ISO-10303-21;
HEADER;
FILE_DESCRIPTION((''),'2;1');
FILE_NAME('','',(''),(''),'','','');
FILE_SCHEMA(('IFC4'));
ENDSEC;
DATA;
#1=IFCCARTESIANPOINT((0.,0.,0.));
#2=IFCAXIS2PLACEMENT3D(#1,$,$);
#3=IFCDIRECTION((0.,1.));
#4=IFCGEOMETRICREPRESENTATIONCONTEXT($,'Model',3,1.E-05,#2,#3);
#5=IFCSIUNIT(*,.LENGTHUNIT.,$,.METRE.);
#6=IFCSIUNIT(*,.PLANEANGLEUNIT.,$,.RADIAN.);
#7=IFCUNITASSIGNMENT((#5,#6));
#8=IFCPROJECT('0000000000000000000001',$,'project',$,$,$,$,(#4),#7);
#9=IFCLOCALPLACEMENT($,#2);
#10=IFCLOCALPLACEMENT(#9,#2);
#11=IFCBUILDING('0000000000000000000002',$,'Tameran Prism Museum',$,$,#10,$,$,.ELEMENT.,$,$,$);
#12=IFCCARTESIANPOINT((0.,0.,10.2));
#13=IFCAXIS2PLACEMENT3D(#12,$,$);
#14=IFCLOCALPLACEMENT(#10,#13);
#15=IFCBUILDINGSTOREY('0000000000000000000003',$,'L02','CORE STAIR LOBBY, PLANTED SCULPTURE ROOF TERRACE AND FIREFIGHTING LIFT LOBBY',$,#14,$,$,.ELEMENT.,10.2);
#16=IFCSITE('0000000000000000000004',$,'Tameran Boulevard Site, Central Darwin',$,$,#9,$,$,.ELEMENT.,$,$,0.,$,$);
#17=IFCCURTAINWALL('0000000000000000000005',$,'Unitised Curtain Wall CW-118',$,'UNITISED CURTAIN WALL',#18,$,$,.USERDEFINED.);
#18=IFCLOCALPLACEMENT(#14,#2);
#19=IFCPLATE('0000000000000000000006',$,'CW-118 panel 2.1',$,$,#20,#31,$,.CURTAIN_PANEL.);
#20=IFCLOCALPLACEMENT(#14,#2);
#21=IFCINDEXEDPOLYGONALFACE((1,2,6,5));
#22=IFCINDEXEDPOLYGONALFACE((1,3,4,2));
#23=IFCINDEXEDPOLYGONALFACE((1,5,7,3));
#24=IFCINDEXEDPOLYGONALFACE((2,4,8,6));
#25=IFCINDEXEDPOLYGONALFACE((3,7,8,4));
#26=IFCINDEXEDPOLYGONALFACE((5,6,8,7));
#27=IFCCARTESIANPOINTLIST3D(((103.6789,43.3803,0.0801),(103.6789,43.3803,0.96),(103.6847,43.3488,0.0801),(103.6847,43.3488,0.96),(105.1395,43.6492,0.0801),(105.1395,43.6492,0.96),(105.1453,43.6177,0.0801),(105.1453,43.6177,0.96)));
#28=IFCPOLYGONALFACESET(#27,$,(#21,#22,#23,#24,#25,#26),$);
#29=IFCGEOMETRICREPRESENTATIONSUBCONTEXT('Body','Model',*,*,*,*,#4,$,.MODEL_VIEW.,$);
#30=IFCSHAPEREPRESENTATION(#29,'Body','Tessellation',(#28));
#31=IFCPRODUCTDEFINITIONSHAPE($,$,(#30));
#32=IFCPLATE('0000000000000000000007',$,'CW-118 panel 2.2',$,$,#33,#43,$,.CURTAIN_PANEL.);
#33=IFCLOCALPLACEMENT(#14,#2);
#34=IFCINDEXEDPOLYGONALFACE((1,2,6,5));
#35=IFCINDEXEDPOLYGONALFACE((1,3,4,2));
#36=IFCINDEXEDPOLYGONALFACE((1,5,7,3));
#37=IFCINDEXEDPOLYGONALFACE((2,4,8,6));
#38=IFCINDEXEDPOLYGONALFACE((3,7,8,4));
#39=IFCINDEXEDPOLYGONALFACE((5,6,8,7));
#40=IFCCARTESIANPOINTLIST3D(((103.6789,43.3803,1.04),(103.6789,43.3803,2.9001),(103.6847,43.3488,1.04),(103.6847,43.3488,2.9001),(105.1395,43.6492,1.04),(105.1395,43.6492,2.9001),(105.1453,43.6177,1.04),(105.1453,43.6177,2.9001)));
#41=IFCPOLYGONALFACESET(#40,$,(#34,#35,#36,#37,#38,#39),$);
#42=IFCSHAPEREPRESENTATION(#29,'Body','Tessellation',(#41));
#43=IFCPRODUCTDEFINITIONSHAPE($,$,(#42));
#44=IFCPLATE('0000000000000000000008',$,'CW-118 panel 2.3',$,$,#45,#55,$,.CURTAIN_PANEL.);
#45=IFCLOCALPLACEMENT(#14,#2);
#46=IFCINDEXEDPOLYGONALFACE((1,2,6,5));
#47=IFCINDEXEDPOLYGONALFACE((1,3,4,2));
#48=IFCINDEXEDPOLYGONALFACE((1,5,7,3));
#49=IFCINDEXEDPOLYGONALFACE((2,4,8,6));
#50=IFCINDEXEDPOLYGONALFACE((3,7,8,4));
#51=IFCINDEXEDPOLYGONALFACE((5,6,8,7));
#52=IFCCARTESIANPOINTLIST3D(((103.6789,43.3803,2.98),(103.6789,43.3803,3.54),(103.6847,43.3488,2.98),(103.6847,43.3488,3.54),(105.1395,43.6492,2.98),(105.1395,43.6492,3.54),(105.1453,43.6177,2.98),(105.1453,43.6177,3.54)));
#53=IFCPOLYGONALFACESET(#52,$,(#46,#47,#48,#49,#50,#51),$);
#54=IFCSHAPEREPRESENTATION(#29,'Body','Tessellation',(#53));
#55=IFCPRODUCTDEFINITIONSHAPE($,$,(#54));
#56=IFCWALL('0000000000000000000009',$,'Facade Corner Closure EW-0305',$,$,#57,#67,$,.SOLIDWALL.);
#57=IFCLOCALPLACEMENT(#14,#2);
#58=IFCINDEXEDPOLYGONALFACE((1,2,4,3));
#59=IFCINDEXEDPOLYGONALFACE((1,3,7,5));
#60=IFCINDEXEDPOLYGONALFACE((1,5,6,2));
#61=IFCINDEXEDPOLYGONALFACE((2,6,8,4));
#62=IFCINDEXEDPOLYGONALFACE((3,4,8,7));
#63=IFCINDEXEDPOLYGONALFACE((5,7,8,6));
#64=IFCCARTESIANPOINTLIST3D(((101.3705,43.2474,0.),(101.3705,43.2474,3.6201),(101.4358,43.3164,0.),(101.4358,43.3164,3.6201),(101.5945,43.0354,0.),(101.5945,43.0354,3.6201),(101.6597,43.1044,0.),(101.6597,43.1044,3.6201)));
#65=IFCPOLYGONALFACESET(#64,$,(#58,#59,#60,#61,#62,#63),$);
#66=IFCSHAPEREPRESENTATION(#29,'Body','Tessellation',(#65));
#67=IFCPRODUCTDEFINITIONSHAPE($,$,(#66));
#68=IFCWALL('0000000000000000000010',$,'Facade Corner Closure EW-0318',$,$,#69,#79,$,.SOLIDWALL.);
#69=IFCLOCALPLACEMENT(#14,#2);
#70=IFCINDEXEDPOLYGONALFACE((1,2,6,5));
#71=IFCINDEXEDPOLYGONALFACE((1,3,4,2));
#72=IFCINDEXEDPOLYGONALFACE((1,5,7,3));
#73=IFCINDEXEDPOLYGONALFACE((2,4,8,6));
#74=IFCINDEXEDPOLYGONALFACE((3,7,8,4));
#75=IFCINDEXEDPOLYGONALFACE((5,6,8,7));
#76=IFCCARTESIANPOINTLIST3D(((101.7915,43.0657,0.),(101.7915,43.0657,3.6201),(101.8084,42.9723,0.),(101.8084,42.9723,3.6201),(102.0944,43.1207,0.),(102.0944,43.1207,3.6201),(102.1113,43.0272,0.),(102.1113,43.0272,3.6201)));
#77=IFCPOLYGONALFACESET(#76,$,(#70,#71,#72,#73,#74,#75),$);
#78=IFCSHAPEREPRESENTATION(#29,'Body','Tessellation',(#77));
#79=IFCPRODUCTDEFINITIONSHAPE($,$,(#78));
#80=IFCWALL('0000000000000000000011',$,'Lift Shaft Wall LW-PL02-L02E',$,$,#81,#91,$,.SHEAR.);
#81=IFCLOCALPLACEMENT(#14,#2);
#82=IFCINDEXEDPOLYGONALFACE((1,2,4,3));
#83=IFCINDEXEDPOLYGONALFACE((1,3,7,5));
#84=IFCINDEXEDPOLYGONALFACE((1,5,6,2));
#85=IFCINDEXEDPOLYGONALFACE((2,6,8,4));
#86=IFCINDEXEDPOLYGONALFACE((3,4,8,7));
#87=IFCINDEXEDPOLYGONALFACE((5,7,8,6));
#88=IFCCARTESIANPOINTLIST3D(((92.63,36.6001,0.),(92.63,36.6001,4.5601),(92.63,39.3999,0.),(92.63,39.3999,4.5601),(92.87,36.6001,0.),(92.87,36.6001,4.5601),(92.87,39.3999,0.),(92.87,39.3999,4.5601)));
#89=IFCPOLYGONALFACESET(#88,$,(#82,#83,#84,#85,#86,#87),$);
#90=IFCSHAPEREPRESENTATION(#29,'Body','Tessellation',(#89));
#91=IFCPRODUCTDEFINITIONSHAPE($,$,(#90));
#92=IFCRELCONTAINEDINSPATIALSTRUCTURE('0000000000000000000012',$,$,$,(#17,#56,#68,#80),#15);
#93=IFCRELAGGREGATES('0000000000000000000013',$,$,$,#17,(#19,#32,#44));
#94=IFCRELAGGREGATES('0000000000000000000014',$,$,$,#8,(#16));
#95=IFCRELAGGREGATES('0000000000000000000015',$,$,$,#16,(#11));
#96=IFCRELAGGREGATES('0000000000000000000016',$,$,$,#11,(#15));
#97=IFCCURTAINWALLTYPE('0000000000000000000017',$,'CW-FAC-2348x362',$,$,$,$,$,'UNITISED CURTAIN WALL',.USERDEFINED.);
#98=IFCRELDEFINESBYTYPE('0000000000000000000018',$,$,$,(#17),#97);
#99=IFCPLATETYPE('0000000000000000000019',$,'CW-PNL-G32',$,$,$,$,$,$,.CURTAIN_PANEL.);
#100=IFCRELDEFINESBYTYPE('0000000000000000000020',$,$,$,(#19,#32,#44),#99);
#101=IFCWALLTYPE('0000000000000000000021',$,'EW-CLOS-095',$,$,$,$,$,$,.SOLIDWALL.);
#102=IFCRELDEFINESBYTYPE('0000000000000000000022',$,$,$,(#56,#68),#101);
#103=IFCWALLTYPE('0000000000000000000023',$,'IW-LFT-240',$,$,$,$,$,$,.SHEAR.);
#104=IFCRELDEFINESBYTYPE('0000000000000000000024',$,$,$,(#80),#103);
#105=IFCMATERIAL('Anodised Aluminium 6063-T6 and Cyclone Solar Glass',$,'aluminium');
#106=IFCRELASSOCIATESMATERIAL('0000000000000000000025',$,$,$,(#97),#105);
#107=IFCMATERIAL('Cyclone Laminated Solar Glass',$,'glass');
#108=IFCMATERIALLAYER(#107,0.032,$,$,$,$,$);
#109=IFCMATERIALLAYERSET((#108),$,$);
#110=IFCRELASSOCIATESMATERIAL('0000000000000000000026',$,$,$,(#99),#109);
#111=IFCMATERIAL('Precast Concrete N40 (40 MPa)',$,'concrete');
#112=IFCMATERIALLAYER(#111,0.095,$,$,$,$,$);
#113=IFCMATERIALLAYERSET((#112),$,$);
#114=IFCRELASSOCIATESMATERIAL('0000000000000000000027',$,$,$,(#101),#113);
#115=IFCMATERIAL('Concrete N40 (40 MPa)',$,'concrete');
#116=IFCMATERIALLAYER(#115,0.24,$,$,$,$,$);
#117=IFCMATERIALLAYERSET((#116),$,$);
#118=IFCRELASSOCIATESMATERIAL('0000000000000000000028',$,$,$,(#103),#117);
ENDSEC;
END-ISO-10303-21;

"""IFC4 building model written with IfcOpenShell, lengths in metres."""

from ifc_helpers import new_model, si_unit, direction, frame, frame_2d, origin, origin_2d, place, context, subcontext, project, spatial, rectangle, extrude, material, layer, layer_set, type_object, element, aggregate, save


model = new_model("IFC4")

# Units and contexts
model_context = context("Model", 3, precision=1e-05, world=origin(), true_north=direction((0.0, 1.0)))
body_context = subcontext(model_context, "Body", "Model", "MODEL_VIEW")
ifc_project = project(units=[si_unit("LENGTHUNIT", "METRE"), si_unit("PLANEANGLEUNIT", "RADIAN")], contexts=[model_context])

# Site, building, storey
site_placement = place(None, origin())
site = spatial("IfcSite", under=ifc_project, at=site_placement, Name="Tameran Boulevard Site, Central Darwin", CompositionType="ELEMENT", RefElevation=0.0)
building_placement = place(site_placement, origin())
building = spatial("IfcBuilding", under=site, at=building_placement, Name="Tameran Prism Museum", CompositionType="ELEMENT")
storey_placement = place(building_placement, frame((0.0, 0.0, 10.2)))
storey = spatial("IfcBuildingStorey", under=building, at=storey_placement, Name="L02", Description="CORE STAIR LOBBY, PLANTED SCULPTURE ROOF TERRACE AND FIREFIGHTING LIFT LOBBY", CompositionType="ELEMENT", Elevation=10.2)

# Curtain wall, plates
ifc_material_1 = material(Name="Anodised Aluminium 6063-T6 and Cyclone Solar Glass", Category="aluminium")
curtain_wall_type_1 = type_object("IfcCurtainWallType", Name="CW-FAC-2348x362", ElementType="UNITISED CURTAIN WALL", PredefinedType="USERDEFINED", material=ifc_material_1)
curtain_wall_1_placement = place(storey_placement, origin())
curtain_wall_1 = element("IfcCurtainWall", 1, at=curtain_wall_1_placement, inside=storey, type_object=curtain_wall_type_1, Name="Unitised Curtain Wall CW-118", ObjectType="UNITISED CURTAIN WALL", PredefinedType="USERDEFINED")
ifc_material_2 = material(Name="Cyclone Laminated Solar Glass", Category="glass")
ifc_layer_1 = layer(ifc_material_2, 0.032)
ifc_layer_set_1 = layer_set([ifc_layer_1])
plate_type = type_object("IfcPlateType", Name="CW-PNL-G32", PredefinedType="CURTAIN_PANEL", material=ifc_layer_set_1)
plate_1_placement = place(storey_placement, frame((104.4121, 43.499, 0.0801), z_axis=(0.0, 0.0, 1.0), x_axis=(0.983472, 0.181063, 0.0)))
plate_1 = element("IfcPlate", 2, at=plate_1_placement, type_object=plate_type, Name="CW-118 panel 2.1", PredefinedType="CURTAIN_PANEL", context=body_context, shape_type="SweptSolid", body=[
    extrude(rectangle(XDim=1.4851, YDim=0.032, at=origin_2d()), origin(), (0.0, 0.0, 1.0), 0.8799),
])
plate_2_placement = place(storey_placement, frame((104.4121, 43.499, 1.04), z_axis=(0.0, 0.0, 1.0), x_axis=(0.983472, 0.181063, 0.0)))
plate_2 = element("IfcPlate", 3, at=plate_2_placement, type_object=plate_type, Name="CW-118 panel 2.2", PredefinedType="CURTAIN_PANEL", context=body_context, shape_type="SweptSolid", body=[
    extrude(rectangle(XDim=1.4851, YDim=0.032, at=origin_2d()), origin(), (0.0, 0.0, 1.0), 1.8601),
])
plate_3_placement = place(storey_placement, frame((104.4121, 43.499, 2.98), z_axis=(0.0, 0.0, 1.0), x_axis=(0.983472, 0.181063, 0.0)))
plate_3 = element("IfcPlate", 4, at=plate_3_placement, type_object=plate_type, Name="CW-118 panel 2.3", PredefinedType="CURTAIN_PANEL", context=body_context, shape_type="SweptSolid", body=[
    extrude(rectangle(XDim=1.4851, YDim=0.032, at=origin_2d()), origin(), (0.0, 0.0, 1.0), 0.5601),
])
aggregate(curtain_wall_1, [plate_1, plate_2, plate_3])

# Walls
ifc_material_3 = material(Name="Precast Concrete N40 (40 MPa)", Category="concrete")
ifc_layer_2 = layer(ifc_material_3, 0.095)
ifc_layer_set_2 = layer_set([ifc_layer_2])
wall_type_1 = type_object("IfcWallType", Name="EW-CLOS-095", PredefinedType="SOLIDWALL", material=ifc_layer_set_2)
wall_1_placement = place(storey_placement, frame((101.4031, 43.282, 0.0), z_axis=(0.0, 0.0, 1.0), x_axis=(0.726244, -0.687437, 0.0)))
element("IfcWall", 5, at=wall_1_placement, inside=storey, type_object=wall_type_1, Name="Facade Corner Closure EW-0305", PredefinedType="SOLIDWALL", context=body_context, shape_type="SweptSolid", body=[
    extrude(rectangle(XDim=0.3083, YDim=0.095, at=frame_2d((0.1543, 0.0))), origin(), (0.0, 0.0, 1.0), 3.6201),
])
wall_2_placement = place(storey_placement, frame((101.8, 43.019, 0.0), z_axis=(0.0, 0.0, 1.0), x_axis=(0.983959, 0.178397, 0.0)))
element("IfcWall", 6, at=wall_2_placement, inside=storey, type_object=wall_type_1, Name="Facade Corner Closure EW-0318", PredefinedType="SOLIDWALL", context=body_context, shape_type="SweptSolid", body=[
    extrude(rectangle(XDim=0.3079, YDim=0.095, at=frame_2d((0.1538, 0.0))), origin(), (0.0, 0.0, 1.0), 3.6201),
])
ifc_material_4 = material(Name="Concrete N40 (40 MPa)", Category="concrete")
ifc_layer_3 = layer(ifc_material_4, 0.24)
ifc_layer_set_3 = layer_set([ifc_layer_3])
wall_type_2 = type_object("IfcWallType", Name="IW-LFT-240", PredefinedType="SHEAR", material=ifc_layer_set_3)
wall_3_placement = place(storey_placement, frame((92.75, 39.3999, 0.0), z_axis=(0.0, 0.0, 1.0), x_axis=(0.0, -1.0, 0.0)))
element("IfcWall", 7, at=wall_3_placement, inside=storey, type_object=wall_type_2, Name="Lift Shaft Wall LW-PL02-L02E", PredefinedType="SHEAR", context=body_context, shape_type="SweptSolid", body=[
    extrude(rectangle(XDim=2.7998, YDim=0.24, at=frame_2d((1.3999, 0.0))), origin(), (0.0, 0.0, 1.0), 4.5601),
])

save(model, "model.ifc")
